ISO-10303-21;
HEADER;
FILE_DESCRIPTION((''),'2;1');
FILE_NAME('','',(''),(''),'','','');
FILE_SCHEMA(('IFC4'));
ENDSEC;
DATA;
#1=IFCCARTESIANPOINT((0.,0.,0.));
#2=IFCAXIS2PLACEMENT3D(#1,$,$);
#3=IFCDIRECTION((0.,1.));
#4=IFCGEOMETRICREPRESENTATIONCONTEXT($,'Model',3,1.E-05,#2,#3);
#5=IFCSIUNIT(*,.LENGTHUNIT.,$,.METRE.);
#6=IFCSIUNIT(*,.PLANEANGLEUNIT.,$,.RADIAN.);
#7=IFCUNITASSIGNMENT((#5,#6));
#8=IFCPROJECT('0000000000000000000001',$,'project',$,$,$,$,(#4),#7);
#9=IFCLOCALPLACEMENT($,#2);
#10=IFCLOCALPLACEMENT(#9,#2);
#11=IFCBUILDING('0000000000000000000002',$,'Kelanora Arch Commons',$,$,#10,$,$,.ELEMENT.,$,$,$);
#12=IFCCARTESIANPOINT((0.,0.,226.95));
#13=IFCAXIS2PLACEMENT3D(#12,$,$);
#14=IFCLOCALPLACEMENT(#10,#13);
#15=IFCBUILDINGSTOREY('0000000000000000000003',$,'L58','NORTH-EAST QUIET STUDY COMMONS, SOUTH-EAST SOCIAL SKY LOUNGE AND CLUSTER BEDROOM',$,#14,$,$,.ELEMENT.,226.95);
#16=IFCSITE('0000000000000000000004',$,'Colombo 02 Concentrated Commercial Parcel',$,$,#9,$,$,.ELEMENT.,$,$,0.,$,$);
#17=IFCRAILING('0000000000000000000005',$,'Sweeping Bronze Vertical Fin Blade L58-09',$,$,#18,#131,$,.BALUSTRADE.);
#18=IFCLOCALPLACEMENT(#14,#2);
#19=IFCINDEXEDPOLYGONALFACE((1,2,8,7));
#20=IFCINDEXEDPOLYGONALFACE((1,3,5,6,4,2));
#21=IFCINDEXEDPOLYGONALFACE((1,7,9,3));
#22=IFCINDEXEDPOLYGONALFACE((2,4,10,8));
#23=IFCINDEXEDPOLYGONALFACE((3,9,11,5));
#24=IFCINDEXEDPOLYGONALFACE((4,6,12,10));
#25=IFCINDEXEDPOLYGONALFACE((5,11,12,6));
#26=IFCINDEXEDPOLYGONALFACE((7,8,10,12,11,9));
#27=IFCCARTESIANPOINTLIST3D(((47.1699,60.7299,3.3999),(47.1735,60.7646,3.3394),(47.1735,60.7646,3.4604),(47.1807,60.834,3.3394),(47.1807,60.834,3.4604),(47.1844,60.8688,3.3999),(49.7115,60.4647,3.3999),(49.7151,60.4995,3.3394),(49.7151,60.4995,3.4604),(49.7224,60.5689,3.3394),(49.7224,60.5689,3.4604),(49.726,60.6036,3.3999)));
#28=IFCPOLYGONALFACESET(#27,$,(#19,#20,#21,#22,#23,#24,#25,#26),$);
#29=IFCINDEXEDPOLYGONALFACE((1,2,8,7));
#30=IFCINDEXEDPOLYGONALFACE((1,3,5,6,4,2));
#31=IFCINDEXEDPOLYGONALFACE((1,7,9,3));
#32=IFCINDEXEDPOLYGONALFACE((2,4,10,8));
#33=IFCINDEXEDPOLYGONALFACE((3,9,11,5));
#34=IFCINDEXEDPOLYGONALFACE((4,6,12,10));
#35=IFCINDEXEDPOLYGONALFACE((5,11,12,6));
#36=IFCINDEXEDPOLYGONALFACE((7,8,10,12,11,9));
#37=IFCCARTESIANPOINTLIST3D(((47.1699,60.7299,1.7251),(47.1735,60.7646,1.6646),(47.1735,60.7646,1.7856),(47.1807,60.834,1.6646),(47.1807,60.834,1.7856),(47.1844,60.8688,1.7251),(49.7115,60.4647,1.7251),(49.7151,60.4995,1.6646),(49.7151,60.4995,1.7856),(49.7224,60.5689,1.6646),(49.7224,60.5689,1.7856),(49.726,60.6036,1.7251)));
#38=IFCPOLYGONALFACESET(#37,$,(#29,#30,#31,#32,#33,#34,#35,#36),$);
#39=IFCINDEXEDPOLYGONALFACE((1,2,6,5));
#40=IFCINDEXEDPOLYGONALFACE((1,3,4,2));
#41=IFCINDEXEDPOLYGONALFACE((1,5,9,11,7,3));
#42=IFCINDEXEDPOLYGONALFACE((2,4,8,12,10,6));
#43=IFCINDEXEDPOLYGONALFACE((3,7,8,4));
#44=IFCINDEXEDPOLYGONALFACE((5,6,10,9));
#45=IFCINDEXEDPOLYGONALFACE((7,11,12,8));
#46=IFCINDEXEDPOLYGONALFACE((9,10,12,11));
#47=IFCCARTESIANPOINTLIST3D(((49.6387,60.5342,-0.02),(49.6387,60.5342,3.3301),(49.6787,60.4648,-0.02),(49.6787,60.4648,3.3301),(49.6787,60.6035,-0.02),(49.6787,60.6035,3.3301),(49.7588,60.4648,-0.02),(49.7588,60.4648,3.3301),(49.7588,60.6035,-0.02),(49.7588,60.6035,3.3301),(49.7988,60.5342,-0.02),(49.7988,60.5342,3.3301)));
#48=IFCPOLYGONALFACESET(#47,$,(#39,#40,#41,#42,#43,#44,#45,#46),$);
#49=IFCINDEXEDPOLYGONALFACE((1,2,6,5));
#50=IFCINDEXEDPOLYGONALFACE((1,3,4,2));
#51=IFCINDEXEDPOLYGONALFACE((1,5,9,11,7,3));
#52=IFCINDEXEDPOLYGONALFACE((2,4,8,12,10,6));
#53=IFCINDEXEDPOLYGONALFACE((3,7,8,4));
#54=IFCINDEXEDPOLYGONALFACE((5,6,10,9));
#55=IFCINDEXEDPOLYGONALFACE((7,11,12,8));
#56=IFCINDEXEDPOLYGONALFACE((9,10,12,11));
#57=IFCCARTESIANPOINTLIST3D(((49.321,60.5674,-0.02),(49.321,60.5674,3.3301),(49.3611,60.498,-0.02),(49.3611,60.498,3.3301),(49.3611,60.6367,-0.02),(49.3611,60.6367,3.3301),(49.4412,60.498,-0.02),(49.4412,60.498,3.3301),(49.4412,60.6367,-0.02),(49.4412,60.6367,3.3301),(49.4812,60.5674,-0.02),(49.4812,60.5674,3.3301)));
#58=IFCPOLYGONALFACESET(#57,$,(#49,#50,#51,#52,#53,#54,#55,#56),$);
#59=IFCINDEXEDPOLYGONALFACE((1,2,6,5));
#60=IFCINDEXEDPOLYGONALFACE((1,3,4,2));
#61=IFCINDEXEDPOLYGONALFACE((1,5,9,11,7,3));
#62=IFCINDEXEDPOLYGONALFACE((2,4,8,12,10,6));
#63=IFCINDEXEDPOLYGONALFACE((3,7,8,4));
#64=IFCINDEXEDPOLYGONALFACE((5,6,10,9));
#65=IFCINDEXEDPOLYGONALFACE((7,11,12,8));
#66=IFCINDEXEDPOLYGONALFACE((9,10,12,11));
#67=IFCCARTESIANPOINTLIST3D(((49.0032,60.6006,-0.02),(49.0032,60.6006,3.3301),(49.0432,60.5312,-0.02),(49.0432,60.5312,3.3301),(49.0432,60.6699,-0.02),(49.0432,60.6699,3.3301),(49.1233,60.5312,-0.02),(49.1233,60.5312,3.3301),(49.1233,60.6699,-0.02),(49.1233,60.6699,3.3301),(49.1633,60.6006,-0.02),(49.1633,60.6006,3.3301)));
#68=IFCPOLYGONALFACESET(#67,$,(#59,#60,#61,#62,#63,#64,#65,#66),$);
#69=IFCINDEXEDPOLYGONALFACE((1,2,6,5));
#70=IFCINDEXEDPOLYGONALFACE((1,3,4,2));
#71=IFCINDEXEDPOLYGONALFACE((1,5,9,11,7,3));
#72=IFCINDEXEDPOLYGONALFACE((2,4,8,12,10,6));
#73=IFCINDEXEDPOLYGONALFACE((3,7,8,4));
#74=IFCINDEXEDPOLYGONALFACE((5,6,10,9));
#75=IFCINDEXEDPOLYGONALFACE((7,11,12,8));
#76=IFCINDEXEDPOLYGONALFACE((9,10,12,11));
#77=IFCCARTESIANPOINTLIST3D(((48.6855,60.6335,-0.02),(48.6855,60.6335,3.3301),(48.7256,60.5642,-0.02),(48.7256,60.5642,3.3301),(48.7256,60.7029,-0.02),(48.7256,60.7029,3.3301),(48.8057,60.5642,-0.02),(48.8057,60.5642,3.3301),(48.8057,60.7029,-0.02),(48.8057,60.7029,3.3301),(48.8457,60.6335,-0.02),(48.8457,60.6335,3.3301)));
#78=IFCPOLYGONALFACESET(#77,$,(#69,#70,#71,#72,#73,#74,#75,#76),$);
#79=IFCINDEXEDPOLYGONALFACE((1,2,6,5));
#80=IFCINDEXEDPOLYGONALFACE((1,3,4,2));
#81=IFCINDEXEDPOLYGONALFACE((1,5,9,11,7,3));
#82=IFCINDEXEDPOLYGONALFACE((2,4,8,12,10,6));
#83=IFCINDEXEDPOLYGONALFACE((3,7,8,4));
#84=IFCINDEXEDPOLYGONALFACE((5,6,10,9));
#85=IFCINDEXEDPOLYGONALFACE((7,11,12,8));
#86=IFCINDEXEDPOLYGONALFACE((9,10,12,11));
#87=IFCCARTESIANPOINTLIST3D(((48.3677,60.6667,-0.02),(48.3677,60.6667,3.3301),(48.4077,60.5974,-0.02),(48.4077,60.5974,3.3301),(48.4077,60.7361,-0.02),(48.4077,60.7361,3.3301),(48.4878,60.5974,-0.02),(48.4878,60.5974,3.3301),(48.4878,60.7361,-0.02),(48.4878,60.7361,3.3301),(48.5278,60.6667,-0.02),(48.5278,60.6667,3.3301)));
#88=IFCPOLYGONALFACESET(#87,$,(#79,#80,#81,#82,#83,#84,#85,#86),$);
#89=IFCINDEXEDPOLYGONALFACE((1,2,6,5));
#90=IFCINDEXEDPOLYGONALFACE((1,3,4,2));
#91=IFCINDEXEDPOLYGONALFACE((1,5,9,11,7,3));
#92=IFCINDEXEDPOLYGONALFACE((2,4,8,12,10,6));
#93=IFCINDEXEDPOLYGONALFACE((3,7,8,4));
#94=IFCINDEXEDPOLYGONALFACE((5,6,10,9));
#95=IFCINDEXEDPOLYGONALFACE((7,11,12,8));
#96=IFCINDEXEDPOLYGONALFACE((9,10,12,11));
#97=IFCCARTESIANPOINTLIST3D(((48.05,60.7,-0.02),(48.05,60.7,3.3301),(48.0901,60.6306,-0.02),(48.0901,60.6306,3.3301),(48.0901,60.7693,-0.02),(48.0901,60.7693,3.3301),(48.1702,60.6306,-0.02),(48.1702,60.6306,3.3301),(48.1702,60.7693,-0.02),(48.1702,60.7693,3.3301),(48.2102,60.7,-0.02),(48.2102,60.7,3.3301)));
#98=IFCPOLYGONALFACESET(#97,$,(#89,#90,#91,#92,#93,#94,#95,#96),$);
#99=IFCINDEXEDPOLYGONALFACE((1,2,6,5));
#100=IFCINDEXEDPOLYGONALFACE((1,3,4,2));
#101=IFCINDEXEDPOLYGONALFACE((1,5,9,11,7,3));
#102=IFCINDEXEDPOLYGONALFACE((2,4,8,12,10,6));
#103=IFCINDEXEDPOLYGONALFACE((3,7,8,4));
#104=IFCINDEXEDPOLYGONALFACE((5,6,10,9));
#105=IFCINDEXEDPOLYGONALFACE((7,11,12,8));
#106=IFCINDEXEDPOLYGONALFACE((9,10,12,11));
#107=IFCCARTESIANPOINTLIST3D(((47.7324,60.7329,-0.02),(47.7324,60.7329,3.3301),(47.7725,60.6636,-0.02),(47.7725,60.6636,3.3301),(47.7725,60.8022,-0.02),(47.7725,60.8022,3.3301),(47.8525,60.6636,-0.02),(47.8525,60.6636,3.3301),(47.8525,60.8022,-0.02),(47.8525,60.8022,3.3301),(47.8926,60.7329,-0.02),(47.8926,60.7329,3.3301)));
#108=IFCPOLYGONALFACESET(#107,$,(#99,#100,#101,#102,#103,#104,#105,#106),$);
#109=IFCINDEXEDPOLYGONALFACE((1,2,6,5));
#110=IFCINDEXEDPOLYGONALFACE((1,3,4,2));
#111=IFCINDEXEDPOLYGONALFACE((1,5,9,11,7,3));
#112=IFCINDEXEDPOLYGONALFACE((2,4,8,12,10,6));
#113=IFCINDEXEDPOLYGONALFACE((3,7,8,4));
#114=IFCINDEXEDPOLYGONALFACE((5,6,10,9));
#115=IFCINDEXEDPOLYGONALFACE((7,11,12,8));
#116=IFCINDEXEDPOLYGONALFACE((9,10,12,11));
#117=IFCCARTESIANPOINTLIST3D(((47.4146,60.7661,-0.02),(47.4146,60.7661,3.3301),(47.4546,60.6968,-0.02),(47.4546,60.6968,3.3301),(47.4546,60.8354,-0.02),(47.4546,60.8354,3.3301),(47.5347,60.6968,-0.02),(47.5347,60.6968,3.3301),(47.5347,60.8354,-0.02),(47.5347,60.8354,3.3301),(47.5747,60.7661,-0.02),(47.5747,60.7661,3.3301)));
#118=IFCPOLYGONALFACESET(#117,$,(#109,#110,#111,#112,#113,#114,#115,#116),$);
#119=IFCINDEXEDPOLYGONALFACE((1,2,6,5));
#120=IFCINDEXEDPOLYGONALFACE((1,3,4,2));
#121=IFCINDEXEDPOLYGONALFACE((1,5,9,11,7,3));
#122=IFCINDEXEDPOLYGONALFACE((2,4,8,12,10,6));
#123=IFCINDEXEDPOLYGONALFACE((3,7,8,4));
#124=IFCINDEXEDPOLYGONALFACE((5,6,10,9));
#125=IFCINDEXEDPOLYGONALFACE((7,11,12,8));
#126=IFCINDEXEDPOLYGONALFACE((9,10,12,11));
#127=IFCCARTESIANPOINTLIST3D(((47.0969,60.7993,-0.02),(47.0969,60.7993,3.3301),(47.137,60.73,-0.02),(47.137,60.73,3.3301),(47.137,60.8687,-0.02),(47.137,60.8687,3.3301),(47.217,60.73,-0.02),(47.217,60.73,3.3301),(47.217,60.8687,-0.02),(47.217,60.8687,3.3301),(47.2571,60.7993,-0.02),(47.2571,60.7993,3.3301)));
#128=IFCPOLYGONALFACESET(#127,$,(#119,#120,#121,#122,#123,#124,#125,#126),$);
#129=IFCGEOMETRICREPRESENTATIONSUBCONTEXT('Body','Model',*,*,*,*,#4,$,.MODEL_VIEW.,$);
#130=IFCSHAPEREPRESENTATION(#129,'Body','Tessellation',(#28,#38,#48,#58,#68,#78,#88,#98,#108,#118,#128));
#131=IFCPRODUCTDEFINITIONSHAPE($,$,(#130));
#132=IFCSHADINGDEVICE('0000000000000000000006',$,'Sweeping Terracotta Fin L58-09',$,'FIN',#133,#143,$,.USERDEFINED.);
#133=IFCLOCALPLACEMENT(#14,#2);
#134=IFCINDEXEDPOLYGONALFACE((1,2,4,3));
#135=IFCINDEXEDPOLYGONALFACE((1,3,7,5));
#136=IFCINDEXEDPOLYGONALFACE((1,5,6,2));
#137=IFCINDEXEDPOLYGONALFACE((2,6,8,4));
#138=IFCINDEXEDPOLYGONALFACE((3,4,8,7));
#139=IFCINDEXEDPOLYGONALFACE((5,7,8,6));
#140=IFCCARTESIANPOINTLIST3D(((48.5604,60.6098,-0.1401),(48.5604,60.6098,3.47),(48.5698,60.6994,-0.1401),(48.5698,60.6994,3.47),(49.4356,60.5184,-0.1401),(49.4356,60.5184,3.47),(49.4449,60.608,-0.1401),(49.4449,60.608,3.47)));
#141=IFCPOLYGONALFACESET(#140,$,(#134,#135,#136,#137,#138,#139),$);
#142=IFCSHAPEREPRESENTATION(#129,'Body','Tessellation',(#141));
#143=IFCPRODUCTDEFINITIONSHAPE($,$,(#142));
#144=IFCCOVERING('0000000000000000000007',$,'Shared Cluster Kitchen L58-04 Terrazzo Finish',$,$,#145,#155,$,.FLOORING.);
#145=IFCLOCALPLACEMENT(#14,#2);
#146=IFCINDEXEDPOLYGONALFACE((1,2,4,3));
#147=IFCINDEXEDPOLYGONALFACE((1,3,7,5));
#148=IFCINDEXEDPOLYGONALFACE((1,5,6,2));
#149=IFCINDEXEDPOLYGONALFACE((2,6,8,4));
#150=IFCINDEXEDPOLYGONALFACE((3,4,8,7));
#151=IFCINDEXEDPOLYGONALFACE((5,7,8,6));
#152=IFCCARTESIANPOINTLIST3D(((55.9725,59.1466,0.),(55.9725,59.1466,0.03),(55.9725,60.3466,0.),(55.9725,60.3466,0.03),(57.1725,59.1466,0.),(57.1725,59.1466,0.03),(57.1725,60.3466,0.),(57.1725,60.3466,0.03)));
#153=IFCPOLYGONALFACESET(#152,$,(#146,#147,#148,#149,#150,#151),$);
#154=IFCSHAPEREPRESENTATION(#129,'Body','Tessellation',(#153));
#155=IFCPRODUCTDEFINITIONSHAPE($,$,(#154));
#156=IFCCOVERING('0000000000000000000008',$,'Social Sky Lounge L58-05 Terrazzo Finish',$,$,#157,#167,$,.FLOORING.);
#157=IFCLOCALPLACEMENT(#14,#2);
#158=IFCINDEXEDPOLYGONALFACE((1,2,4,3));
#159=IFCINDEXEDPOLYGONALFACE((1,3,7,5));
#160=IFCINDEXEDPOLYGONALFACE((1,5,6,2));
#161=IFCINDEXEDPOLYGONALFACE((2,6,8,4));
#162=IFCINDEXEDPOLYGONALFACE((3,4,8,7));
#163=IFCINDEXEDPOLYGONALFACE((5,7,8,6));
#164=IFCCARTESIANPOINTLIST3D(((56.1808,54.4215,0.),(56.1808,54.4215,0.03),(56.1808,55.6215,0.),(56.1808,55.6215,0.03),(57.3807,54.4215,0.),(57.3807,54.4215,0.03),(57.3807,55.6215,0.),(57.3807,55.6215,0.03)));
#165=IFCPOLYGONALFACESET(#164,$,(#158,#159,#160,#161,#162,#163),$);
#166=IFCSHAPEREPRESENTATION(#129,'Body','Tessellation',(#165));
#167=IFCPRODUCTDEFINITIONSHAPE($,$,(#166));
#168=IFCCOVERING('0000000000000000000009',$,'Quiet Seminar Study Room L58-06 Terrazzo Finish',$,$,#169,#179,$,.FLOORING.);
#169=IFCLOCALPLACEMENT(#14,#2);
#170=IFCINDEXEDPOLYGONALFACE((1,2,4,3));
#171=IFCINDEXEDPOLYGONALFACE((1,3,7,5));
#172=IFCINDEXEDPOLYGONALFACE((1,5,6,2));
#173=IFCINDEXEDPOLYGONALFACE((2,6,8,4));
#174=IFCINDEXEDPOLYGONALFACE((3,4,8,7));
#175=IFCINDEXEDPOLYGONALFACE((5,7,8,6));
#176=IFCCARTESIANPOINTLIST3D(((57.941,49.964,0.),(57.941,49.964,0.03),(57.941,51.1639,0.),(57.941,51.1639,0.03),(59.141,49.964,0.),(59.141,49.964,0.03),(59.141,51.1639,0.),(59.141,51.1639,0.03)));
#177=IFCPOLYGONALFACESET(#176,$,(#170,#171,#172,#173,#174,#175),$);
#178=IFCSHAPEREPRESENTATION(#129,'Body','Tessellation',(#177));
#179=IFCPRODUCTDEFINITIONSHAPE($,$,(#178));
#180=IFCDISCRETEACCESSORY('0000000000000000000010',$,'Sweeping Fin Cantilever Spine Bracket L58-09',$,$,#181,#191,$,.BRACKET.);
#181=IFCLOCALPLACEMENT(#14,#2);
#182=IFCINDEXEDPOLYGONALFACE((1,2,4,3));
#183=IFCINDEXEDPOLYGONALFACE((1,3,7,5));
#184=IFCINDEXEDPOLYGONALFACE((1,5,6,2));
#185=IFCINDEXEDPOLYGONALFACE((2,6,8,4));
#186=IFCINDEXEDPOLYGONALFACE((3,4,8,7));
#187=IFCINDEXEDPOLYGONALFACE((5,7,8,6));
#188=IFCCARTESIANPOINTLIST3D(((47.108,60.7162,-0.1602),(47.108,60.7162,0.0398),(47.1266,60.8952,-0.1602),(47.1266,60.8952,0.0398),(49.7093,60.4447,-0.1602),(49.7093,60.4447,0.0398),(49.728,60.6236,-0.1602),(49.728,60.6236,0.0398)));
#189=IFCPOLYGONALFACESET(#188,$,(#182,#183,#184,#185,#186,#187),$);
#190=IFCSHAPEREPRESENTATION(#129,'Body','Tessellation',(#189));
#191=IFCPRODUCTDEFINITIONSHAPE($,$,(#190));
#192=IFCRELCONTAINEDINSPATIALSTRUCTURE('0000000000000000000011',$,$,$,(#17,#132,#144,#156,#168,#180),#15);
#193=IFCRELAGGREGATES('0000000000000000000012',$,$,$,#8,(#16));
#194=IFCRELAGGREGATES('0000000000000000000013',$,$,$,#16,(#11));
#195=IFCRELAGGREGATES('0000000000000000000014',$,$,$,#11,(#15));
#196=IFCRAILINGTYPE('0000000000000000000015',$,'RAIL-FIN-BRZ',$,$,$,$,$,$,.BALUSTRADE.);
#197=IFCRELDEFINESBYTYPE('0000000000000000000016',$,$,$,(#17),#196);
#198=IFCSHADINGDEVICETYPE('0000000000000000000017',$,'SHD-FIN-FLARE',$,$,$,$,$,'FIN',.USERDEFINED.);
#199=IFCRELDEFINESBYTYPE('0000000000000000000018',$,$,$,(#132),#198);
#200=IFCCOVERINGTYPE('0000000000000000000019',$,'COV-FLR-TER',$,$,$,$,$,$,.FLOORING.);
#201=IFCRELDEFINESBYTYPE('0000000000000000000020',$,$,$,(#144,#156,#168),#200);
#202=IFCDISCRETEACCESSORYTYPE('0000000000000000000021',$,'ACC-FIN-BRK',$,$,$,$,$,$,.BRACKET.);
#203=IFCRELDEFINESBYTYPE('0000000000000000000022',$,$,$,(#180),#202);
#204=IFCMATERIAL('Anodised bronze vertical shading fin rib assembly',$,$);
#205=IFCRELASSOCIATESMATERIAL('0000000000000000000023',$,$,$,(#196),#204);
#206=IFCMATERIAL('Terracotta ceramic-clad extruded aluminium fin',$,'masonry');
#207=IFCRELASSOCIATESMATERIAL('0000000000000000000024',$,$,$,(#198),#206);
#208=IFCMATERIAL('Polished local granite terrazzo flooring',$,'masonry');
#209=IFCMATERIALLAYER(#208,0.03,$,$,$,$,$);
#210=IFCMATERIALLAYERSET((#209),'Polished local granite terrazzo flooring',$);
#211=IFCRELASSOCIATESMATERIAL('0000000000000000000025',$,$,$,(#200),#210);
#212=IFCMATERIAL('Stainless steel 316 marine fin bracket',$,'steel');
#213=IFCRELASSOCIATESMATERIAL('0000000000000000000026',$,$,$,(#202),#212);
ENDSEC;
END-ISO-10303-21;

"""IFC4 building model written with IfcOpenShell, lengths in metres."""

from ifc_helpers import new_model, si_unit, direction, frame, origin, origin_2d, place, context, subcontext, project, spatial, polyline, rectangle, outline, extrude, source, transform, mapped, material, layer, layer_set, type_object, element, save


model = new_model("IFC4")

# Units and contexts
model_context = context("Model", 3, precision=1e-05, world=origin(), true_north=direction((0.0, 1.0)))
body_context = subcontext(model_context, "Body", "Model", "MODEL_VIEW")
ifc_project = project(units=[si_unit("LENGTHUNIT", "METRE"), si_unit("PLANEANGLEUNIT", "RADIAN")], contexts=[model_context])

# Site, building, storey
site_placement = place(None, origin())
site = spatial("IfcSite", under=ifc_project, at=site_placement, Name="Colombo 02 Concentrated Commercial Parcel", CompositionType="ELEMENT", RefElevation=0.0)
building_placement = place(site_placement, origin())
building = spatial("IfcBuilding", under=site, at=building_placement, Name="Kelanora Arch Commons", CompositionType="ELEMENT")
storey_placement = place(building_placement, frame((0.0, 0.0, 226.95)))
storey = spatial("IfcBuildingStorey", under=building, at=storey_placement, Name="L58", Description="NORTH-EAST QUIET STUDY COMMONS, SOUTH-EAST SOCIAL SKY LOUNGE AND CLUSTER BEDROOM", CompositionType="ELEMENT", Elevation=226.95)

# Railing
ifc_material_1 = material(Name="Anodised bronze vertical shading fin rib assembly")
railing_type = type_object("IfcRailingType", Name="RAIL-FIN-BRZ", PredefinedType="BALUSTRADE", material=ifc_material_1)
railing_placement = place(storey_placement, frame((49.7188, 60.5342, -0.02)))
element("IfcRailing", 1, at=railing_placement, inside=storey, type_object=railing_type, Name="Sweeping Bronze Vertical Fin Blade L58-09", PredefinedType="BALUSTRADE", context=body_context, shape_type="SweptSolid", body=[
    extrude(outline(polyline([(0.0698, 0.0), (0.0349, 0.0605), (-0.0349, 0.0605), (-0.0698, 0.0), (-0.0349, -0.0605), (0.0349, -0.0605), (0.0698, 0.0)])), frame((0.0, 0.0, 3.4199), z_axis=(-0.994603, 0.10375, 0.0), x_axis=(-0.10375, -0.994603, 0.0)), (0.0, 0.0, 1.0), 2.5554),
    extrude(outline(polyline([(0.0698, 0.0), (0.0349, 0.0605), (-0.0349, 0.0605), (-0.0698, 0.0), (-0.0349, -0.0605), (0.0349, -0.0605), (0.0698, 0.0)])), frame((0.0, 0.0, 1.7451), z_axis=(-0.994603, 0.10375, 0.0), x_axis=(-0.10375, -0.994603, 0.0)), (0.0, 0.0, 1.0), 2.5554),
    extrude(outline(polyline([(0.0801, 0.0), (0.04, 0.0693), (-0.04, 0.0693), (-0.0801, 0.0), (-0.04, -0.0693), (0.04, -0.0693), (0.0801, 0.0)])), origin(), (0.0, 0.0, 1.0), 3.3501),
    extrude(outline(polyline([(0.0801, 0.0), (0.04, 0.0693), (-0.04, 0.0693), (-0.0801, 0.0), (-0.04, -0.0693), (0.04, -0.0693), (0.0801, 0.0)])), frame((-0.3176, 0.0332, 0.0)), (0.0, 0.0, 1.0), 3.3501),
    extrude(outline(polyline([(0.0801, 0.0), (0.04, 0.0693), (-0.04, 0.0693), (-0.0801, 0.0), (-0.04, -0.0693), (0.04, -0.0693), (0.0801, 0.0)])), frame((-0.6355, 0.0664, 0.0)), (0.0, 0.0, 1.0), 3.3501),
    extrude(outline(polyline([(0.0801, 0.0), (0.04, 0.0693), (-0.04, 0.0693), (-0.0801, 0.0), (-0.04, -0.0693), (0.04, -0.0693), (0.0801, 0.0)])), frame((-0.9531, 0.0994, 0.0)), (0.0, 0.0, 1.0), 3.3501),
    extrude(outline(polyline([(0.0801, 0.0), (0.04, 0.0693), (-0.04, 0.0693), (-0.0801, 0.0), (-0.04, -0.0693), (0.04, -0.0693), (0.0801, 0.0)])), frame((-1.271, 0.1326, 0.0)), (0.0, 0.0, 1.0), 3.3501),
    extrude(outline(polyline([(0.0801, 0.0), (0.04, 0.0693), (-0.04, 0.0693), (-0.0801, 0.0), (-0.04, -0.0693), (0.04, -0.0693), (0.0801, 0.0)])), frame((-1.5886, 0.1658, 0.0)), (0.0, 0.0, 1.0), 3.3501),
    extrude(outline(polyline([(0.0801, 0.0), (0.04, 0.0693), (-0.04, 0.0693), (-0.0801, 0.0), (-0.04, -0.0693), (0.04, -0.0693), (0.0801, 0.0)])), frame((-1.9062, 0.1987, 0.0)), (0.0, 0.0, 1.0), 3.3501),
    extrude(outline(polyline([(0.0801, 0.0), (0.04, 0.0693), (-0.04, 0.0693), (-0.0801, 0.0), (-0.04, -0.0693), (0.04, -0.0693), (0.0801, 0.0)])), frame((-2.2241, 0.2319, 0.0)), (0.0, 0.0, 1.0), 3.3501),
    extrude(outline(polyline([(0.0801, 0.0), (0.04, 0.0693), (-0.04, 0.0693), (-0.0801, 0.0), (-0.04, -0.0693), (0.04, -0.0693), (0.0801, 0.0)])), frame((-2.5417, 0.2651, 0.0)), (0.0, 0.0, 1.0), 3.3501),
])

# Shading device
ifc_material_2 = material(Name="Terracotta ceramic-clad extruded aluminium fin", Category="masonry")
shading_device_type = type_object("IfcShadingDeviceType", Name="SHD-FIN-FLARE", ElementType="FIN", PredefinedType="USERDEFINED", material=ifc_material_2)
shared_shape_1 = source(origin(), body_context, "Body", "SweptSolid", [
    extrude(rectangle(XDim=0.8799, YDim=0.0901, at=origin_2d()), origin(), (0.0, 0.0, 1.0), 3.6101),
])
shading_device_placement = place(storey_placement, frame((49.0027, 60.6089, -0.1401), z_axis=(0.0, 0.0, 1.0), x_axis=(-0.994595, 0.103834, 0.0)))
element("IfcShadingDevice", 2, at=shading_device_placement, inside=storey, type_object=shading_device_type, Name="Sweeping Terracotta Fin L58-09", ObjectType="FIN", PredefinedType="USERDEFINED", context=body_context, shape_type="MappedRepresentation", body=[
    mapped(shared_shape_1, transform((0.0, 0.0, 0.0), scale=1.0)),
])

# Coverings
ifc_material_3 = material(Name="Polished local granite terrazzo flooring", Category="masonry")
ifc_layer_1 = layer(ifc_material_3, 0.03)
ifc_layer_set_1 = layer_set([ifc_layer_1], Name="Polished local granite terrazzo flooring")
covering_type = type_object("IfcCoveringType", Name="COV-FLR-TER", PredefinedType="FLOORING", material=ifc_layer_set_1)
shared_shape_2 = source(origin(), body_context, "Body", "SweptSolid", [
    extrude(rectangle(XDim=1.2, YDim=1.2, at=origin_2d()), origin(), (0.0, 0.0, 1.0), 0.03),
])
for number, where, z_axis, x_axis, name in (
    (3, (56.5725, 59.7466, 0.0), (0.0, 0.0, 1.0), (1.0, 0.0, 0.0), "Shared Cluster Kitchen L58-04 Terrazzo Finish"),
    (4, (56.7808, 55.0215, 0.0), (0.0, 0.0, 1.0), (1.0, 0.0, 0.0), "Social Sky Lounge L58-05 Terrazzo Finish"),
    (5, (58.541, 50.564, 0.0), (0.0, 0.0, 1.0), (1.0, 0.0, 0.0), "Quiet Seminar Study Room L58-06 Terrazzo Finish"),
):
    element("IfcCovering", number, at=place(storey_placement, frame(where, z_axis=z_axis, x_axis=x_axis)), inside=storey, type_object=covering_type, Name=name, PredefinedType="FLOORING", context=body_context, shape_type="MappedRepresentation", body=[
        mapped(shared_shape_2, transform((0.0, 0.0, 0.0), scale=1.0)),
    ])

# Discrete accessory
ifc_material_4 = material(Name="Stainless steel 316 marine fin bracket", Category="steel")
discrete_accessory_type = type_object("IfcDiscreteAccessoryType", Name="ACC-FIN-BRK", PredefinedType="BRACKET", material=ifc_material_4)
shared_shape_3 = source(origin(), body_context, "Body", "SweptSolid", [
    extrude(rectangle(XDim=2.6155, YDim=0.1799, at=origin_2d()), origin(), (0.0, 0.0, 1.0), 0.2),
])
discrete_accessory_placement = place(storey_placement, frame((48.418, 60.6699, -0.1602), z_axis=(0.0, 0.0, 1.0), x_axis=(-0.994595, 0.103834, 0.0)))
element("IfcDiscreteAccessory", 6, at=discrete_accessory_placement, inside=storey, type_object=discrete_accessory_type, Name="Sweeping Fin Cantilever Spine Bracket L58-09", PredefinedType="BRACKET", context=body_context, shape_type="MappedRepresentation", body=[
    mapped(shared_shape_3, transform((0.0, 0.0, 0.0), scale=1.0)),
])

save(model, "model.ifc")
